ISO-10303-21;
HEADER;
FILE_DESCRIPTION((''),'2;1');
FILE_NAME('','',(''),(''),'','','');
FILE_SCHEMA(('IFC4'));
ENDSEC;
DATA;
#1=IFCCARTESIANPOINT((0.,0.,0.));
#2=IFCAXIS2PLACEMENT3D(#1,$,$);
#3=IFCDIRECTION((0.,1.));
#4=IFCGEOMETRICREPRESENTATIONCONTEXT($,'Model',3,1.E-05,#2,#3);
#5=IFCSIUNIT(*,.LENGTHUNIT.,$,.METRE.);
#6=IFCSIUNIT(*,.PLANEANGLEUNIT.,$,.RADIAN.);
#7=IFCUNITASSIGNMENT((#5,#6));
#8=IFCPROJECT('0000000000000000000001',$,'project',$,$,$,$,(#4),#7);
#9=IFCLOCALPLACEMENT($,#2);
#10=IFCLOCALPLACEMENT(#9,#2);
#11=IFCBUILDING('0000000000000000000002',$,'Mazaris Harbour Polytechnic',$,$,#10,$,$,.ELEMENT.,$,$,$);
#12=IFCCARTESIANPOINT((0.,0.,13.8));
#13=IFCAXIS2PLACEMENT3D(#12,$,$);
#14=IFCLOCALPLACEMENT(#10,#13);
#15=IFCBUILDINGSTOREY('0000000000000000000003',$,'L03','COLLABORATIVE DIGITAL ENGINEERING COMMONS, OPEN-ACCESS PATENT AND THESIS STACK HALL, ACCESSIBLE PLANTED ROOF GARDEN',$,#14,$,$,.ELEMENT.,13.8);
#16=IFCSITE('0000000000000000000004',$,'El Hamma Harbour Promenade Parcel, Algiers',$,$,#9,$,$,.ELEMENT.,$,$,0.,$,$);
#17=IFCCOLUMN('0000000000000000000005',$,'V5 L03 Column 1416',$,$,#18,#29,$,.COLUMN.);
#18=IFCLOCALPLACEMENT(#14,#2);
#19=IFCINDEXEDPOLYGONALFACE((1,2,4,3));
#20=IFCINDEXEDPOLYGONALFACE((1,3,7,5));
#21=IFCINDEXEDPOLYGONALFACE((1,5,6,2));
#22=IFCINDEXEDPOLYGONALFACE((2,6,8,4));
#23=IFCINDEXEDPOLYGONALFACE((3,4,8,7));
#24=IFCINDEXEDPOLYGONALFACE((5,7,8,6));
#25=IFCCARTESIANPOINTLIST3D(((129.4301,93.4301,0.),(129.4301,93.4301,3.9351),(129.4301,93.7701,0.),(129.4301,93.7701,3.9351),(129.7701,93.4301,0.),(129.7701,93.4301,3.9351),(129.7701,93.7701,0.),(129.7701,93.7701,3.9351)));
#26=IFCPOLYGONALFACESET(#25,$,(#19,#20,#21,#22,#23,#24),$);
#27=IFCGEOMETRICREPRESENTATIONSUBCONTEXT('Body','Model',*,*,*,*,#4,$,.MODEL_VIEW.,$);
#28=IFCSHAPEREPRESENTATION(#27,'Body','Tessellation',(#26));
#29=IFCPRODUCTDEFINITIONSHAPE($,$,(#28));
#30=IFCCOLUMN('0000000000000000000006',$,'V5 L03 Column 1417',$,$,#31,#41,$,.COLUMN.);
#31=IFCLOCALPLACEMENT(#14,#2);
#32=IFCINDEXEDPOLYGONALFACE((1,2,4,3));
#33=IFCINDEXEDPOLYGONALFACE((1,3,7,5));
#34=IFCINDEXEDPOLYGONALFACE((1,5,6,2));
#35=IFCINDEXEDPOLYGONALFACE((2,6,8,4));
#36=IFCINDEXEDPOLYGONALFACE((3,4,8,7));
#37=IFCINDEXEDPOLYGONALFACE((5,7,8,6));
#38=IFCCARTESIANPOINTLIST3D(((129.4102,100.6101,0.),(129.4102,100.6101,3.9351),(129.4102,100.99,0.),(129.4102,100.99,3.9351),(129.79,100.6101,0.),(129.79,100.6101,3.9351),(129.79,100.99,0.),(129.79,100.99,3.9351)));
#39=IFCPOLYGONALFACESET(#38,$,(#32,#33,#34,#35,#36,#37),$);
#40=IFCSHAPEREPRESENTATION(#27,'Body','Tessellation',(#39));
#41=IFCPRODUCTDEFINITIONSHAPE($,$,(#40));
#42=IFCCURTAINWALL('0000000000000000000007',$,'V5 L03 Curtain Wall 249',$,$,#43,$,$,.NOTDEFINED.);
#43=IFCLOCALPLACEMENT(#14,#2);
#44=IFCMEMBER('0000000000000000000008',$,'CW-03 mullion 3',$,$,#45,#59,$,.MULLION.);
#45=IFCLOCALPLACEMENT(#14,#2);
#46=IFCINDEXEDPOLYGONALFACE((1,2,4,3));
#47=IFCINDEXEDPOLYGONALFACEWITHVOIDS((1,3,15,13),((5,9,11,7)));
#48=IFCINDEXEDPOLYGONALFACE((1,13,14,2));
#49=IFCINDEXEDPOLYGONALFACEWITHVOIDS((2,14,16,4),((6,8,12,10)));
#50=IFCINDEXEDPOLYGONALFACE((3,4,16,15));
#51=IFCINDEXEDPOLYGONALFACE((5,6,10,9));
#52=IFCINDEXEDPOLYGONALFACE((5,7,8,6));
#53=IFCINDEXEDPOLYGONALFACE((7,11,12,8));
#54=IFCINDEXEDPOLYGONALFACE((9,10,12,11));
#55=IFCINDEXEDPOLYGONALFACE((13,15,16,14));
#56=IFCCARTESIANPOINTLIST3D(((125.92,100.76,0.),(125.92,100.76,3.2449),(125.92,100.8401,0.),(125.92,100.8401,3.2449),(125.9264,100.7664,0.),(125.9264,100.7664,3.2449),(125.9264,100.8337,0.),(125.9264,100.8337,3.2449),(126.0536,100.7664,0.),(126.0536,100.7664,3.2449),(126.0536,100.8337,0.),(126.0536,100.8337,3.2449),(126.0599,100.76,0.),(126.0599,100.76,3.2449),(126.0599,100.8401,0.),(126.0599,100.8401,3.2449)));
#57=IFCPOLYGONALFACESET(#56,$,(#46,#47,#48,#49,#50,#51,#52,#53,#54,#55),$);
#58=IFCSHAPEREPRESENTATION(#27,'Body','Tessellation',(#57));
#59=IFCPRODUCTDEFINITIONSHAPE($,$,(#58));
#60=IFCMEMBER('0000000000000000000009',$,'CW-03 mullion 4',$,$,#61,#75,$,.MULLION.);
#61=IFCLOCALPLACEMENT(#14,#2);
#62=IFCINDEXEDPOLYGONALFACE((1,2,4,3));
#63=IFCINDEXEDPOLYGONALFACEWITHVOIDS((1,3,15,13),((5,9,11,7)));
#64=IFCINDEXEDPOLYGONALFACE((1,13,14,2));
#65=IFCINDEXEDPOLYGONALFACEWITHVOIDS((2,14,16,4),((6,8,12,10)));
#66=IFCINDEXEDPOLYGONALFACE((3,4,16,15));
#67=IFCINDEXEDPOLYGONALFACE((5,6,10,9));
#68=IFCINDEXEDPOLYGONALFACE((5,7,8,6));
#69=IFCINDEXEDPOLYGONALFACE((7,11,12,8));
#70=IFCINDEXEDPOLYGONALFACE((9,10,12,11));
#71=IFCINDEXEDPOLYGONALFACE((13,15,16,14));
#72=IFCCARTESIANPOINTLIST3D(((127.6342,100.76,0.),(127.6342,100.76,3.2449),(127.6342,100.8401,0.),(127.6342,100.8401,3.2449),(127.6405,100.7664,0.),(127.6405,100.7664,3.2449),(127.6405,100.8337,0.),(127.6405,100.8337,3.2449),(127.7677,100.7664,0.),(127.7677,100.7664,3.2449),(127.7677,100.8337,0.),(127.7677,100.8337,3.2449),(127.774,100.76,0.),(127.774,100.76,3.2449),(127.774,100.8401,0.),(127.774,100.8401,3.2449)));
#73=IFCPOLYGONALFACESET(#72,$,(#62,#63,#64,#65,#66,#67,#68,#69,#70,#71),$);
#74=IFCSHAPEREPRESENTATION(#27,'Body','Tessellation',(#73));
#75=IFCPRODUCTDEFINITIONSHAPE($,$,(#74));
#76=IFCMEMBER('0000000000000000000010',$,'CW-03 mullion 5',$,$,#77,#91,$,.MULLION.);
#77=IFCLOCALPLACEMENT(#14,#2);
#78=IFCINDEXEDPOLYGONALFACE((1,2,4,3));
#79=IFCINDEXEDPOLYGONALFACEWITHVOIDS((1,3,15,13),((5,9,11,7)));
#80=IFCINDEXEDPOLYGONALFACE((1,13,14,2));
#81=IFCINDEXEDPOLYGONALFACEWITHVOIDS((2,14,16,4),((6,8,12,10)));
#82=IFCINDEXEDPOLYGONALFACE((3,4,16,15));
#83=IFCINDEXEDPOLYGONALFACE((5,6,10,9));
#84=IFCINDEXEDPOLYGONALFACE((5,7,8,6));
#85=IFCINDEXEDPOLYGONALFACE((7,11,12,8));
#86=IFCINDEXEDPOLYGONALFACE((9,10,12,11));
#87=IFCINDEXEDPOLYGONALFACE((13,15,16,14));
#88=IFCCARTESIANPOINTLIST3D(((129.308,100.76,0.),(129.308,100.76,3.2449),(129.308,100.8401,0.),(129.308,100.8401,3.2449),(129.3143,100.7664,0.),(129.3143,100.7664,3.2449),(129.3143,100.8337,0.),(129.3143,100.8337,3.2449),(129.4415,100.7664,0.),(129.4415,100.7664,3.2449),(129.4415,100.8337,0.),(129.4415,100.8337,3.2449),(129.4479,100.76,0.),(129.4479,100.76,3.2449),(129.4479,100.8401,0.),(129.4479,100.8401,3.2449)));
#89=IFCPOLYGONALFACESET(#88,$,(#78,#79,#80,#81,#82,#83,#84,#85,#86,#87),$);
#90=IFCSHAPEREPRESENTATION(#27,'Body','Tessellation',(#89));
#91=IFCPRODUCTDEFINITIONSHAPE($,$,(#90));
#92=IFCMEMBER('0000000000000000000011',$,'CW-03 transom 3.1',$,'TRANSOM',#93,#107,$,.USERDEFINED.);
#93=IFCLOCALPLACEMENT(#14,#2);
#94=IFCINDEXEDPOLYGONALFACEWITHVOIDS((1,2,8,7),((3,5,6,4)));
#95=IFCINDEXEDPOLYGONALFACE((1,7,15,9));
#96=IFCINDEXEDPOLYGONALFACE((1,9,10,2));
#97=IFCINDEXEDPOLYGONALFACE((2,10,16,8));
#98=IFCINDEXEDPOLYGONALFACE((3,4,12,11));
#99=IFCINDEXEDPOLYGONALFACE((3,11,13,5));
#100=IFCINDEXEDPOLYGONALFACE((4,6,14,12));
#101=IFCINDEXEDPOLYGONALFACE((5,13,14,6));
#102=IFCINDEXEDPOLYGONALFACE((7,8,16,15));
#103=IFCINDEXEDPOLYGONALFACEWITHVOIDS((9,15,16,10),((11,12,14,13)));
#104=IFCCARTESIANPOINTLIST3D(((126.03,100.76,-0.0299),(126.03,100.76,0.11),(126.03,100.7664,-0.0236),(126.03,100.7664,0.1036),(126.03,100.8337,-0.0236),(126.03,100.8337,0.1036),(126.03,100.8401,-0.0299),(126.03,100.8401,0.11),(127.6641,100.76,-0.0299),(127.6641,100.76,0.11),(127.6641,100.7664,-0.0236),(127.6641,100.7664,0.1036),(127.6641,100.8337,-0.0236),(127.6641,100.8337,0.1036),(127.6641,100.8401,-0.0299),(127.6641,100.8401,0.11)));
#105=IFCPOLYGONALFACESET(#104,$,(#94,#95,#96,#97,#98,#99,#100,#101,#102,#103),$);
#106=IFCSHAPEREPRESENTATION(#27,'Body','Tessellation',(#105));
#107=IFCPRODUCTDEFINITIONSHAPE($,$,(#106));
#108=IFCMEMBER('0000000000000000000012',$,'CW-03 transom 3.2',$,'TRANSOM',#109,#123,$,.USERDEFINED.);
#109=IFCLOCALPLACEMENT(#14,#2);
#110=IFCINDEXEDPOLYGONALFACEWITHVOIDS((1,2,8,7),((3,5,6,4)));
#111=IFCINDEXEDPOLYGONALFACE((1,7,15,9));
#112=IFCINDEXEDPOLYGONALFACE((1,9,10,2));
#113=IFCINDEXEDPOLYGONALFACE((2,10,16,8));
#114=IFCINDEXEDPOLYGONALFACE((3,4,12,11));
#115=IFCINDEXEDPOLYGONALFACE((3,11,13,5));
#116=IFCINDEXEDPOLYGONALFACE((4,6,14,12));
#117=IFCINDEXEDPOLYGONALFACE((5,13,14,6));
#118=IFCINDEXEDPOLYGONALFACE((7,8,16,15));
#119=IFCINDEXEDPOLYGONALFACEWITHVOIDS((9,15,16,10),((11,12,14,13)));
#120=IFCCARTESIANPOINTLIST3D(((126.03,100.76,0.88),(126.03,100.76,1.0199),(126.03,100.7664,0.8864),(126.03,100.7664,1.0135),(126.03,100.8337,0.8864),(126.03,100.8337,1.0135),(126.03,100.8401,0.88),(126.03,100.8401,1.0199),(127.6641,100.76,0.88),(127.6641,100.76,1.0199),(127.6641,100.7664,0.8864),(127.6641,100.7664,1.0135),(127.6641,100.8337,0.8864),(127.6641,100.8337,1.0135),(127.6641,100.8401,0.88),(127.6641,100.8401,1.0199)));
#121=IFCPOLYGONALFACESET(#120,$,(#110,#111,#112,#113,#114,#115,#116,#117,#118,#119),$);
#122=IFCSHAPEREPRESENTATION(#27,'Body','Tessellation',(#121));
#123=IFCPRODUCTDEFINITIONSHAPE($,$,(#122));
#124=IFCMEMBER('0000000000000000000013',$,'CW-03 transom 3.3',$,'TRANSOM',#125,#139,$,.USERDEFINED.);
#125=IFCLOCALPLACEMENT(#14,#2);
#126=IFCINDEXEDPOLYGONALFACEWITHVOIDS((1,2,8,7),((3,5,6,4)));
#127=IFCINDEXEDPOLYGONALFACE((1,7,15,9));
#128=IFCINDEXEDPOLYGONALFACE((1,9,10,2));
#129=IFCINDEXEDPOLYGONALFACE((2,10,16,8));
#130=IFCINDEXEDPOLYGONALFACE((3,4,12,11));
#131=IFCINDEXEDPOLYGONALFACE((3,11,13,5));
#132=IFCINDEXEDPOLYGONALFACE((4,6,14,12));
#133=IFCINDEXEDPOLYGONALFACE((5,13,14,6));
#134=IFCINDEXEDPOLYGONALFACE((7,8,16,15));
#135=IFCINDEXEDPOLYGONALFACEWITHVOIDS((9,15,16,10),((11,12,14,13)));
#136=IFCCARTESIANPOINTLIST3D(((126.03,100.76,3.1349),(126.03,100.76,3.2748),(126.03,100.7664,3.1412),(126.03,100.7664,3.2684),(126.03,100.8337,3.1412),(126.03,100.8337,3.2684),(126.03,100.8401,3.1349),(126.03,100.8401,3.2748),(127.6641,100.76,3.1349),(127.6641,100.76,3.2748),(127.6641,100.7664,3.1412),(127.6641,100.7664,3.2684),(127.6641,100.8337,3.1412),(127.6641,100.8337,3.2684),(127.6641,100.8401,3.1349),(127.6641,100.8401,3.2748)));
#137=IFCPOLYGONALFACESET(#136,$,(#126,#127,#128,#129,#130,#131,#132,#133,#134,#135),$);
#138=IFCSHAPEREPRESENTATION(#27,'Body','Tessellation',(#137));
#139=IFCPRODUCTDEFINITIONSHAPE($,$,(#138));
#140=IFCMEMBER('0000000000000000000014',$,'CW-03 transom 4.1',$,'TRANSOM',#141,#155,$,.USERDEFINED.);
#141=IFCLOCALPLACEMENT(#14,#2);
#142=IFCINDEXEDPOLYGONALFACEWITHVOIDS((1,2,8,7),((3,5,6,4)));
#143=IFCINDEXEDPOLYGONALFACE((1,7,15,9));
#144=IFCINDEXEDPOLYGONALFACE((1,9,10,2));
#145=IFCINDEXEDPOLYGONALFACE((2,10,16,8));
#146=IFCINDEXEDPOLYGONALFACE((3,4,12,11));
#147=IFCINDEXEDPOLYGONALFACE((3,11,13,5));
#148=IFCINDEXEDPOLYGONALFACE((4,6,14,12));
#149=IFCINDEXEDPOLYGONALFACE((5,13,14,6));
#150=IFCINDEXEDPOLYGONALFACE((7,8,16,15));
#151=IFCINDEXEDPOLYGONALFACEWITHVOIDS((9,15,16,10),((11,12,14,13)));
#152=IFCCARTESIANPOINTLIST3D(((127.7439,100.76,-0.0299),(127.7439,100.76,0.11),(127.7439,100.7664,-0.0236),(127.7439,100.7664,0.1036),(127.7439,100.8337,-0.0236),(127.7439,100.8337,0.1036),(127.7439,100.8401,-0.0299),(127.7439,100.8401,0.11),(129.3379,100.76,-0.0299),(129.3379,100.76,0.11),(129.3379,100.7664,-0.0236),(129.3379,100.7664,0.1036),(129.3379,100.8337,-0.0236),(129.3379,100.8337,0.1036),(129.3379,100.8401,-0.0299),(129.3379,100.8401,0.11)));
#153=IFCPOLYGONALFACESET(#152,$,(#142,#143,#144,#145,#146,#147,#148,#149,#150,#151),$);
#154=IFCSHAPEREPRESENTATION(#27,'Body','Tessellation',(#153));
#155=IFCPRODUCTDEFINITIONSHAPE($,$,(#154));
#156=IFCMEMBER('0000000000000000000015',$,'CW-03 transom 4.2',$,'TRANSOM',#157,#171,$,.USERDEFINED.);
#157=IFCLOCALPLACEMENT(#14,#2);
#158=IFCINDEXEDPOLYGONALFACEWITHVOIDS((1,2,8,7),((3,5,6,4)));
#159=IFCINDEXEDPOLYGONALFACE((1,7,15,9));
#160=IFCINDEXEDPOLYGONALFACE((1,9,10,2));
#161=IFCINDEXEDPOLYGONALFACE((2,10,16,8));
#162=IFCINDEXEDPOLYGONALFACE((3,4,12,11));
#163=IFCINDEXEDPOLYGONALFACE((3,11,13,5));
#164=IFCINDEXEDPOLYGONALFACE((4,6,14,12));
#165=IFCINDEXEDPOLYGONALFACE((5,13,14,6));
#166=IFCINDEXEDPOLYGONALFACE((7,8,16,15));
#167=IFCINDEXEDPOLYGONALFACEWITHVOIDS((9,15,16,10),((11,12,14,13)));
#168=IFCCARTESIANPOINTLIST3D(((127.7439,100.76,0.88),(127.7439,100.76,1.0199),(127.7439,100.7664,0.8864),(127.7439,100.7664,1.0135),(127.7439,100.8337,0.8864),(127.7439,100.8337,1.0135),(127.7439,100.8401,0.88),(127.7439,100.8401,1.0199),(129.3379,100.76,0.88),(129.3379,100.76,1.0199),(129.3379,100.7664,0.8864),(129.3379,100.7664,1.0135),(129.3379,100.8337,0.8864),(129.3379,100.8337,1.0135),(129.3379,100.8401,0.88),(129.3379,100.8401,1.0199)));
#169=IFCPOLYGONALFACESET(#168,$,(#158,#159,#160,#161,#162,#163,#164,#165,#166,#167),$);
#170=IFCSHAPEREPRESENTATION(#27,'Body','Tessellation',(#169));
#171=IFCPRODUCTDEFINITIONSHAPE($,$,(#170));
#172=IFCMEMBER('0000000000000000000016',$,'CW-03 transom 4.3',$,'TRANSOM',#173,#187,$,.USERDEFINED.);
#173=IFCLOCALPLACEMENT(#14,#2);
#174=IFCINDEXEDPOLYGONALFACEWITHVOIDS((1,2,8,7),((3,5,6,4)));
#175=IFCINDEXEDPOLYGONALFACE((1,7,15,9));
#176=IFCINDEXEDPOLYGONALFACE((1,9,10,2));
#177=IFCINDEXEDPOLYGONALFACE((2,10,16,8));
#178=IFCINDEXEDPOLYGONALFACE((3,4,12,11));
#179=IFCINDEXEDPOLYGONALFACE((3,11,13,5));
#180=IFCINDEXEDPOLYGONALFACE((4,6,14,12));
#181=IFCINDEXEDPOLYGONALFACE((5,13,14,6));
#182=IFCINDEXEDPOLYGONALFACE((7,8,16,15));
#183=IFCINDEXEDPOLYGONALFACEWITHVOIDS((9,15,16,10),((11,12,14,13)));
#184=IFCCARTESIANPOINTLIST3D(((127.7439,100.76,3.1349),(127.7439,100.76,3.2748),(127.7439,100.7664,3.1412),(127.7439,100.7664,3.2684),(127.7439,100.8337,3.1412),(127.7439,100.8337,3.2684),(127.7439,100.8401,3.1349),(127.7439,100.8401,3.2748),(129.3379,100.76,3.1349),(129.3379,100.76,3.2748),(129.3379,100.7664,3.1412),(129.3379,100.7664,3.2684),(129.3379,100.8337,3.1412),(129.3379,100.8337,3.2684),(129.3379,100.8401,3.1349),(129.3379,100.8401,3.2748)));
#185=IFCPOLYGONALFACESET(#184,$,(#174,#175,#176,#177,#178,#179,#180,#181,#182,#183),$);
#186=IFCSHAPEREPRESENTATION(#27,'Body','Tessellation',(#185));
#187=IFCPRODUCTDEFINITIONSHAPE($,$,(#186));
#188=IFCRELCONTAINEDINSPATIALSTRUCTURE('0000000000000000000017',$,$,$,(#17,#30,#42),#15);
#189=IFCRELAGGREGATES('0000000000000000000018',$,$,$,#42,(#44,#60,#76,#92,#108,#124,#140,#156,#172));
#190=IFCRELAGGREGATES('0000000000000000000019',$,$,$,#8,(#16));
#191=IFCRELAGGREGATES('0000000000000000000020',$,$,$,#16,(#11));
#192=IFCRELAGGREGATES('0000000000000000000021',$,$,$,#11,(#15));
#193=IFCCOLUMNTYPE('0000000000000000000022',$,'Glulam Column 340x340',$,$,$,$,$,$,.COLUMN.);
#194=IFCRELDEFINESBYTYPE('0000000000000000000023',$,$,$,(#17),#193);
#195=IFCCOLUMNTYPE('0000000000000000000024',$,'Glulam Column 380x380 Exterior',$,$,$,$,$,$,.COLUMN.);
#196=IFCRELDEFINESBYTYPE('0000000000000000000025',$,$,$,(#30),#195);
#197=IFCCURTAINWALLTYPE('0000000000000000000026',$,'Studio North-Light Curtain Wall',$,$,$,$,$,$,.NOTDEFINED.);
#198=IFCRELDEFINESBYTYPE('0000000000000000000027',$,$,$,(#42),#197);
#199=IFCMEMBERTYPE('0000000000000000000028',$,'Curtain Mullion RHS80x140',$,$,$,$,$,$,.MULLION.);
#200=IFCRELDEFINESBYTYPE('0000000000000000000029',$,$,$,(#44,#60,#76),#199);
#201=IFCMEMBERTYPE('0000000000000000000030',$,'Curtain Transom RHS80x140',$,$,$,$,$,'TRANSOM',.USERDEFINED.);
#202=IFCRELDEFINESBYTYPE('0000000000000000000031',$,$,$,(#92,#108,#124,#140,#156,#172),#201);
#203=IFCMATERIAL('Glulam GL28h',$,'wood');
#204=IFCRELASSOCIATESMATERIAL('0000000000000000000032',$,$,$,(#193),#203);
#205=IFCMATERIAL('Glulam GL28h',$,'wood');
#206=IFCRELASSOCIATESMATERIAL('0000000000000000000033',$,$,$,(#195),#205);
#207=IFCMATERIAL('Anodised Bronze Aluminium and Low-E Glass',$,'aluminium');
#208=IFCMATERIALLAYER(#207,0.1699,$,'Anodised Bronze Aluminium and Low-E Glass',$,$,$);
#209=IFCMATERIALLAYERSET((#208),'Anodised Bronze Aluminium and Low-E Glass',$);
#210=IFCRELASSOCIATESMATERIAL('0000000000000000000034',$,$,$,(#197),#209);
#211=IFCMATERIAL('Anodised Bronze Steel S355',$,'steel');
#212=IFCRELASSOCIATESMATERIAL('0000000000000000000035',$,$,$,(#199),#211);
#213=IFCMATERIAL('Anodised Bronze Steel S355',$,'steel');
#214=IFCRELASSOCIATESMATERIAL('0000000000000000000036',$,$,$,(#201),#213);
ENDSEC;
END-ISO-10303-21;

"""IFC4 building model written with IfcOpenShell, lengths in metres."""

from ifc_helpers import new_model, si_unit, direction, frame, origin, origin_2d, place, context, subcontext, project, spatial, rectangle, hollow_rectangle, extrude, material, layer, layer_set, material_profile, profile_set, type_object, element, aggregate, save


model = new_model("IFC4")

# Units and contexts
model_context = context("Model", 3, precision=1e-05, world=origin(), true_north=direction((0.0, 1.0)))
body_context = subcontext(model_context, "Body", "Model", "MODEL_VIEW")
ifc_project = project(units=[si_unit("LENGTHUNIT", "METRE"), si_unit("PLANEANGLEUNIT", "RADIAN")], contexts=[model_context])

# Site, building, storey
site_placement = place(None, origin())
site = spatial("IfcSite", under=ifc_project, at=site_placement, Name="El Hamma Harbour Promenade Parcel, Algiers", CompositionType="ELEMENT", RefElevation=0.0)
building_placement = place(site_placement, origin())
building = spatial("IfcBuilding", under=site, at=building_placement, Name="Mazaris Harbour Polytechnic", CompositionType="ELEMENT")
storey_placement = place(building_placement, frame((0.0, 0.0, 13.8)))
storey = spatial("IfcBuildingStorey", under=building, at=storey_placement, Name="L03", Description="COLLABORATIVE DIGITAL ENGINEERING COMMONS, OPEN-ACCESS PATENT AND THESIS STACK HALL, ACCESSIBLE PLANTED ROOF GARDEN", CompositionType="ELEMENT", Elevation=13.8)

# Columns
ifc_material_1 = material(Name="Glulam GL28h", Category="wood")
ifc_material_profile_1 = material_profile(ifc_material_1, rectangle(XDim=0.3401, YDim=0.3401, at=origin_2d()), Name="RECT340x340")
ifc_profile_set_1 = profile_set([ifc_material_profile_1], Name="Glulam GL28h")
column_type_1 = type_object("IfcColumnType", Name="Glulam Column 340x340", PredefinedType="COLUMN", material=ifc_profile_set_1)
column_1_placement = place(storey_placement, frame((129.6001, 93.6001, 0.0), z_axis=(0.0, 0.0, 1.0), x_axis=(1.0, 0.0, 0.0)))
element("IfcColumn", 1, at=column_1_placement, inside=storey, type_object=column_type_1, Name="V5 L03 Column 1416", PredefinedType="COLUMN", context=body_context, shape_type="SweptSolid", body=[
    extrude(rectangle(XDim=0.3401, YDim=0.3401, at=origin_2d()), origin(), (0.0, 0.0, 1.0), 3.9351),
])
ifc_material_2 = material(Name="Glulam GL28h", Category="wood")
ifc_material_profile_2 = material_profile(ifc_material_2, rectangle(XDim=0.3799, YDim=0.3799, at=origin_2d()), Name="RECT380x380")
ifc_profile_set_2 = profile_set([ifc_material_profile_2], Name="Glulam GL28h")
column_type_2 = type_object("IfcColumnType", Name="Glulam Column 380x380 Exterior", PredefinedType="COLUMN", material=ifc_profile_set_2)
column_2_placement = place(storey_placement, frame((129.6001, 100.8, 0.0), z_axis=(0.0, 0.0, 1.0), x_axis=(1.0, 0.0, 0.0)))
element("IfcColumn", 2, at=column_2_placement, inside=storey, type_object=column_type_2, Name="V5 L03 Column 1417", PredefinedType="COLUMN", context=body_context, shape_type="SweptSolid", body=[
    extrude(rectangle(XDim=0.3799, YDim=0.3799, at=origin_2d()), origin(), (0.0, 0.0, 1.0), 3.9351),
])

# Curtain wall, members
ifc_material_3 = material(Name="Anodised Bronze Aluminium and Low-E Glass", Category="aluminium")
ifc_layer_1 = layer(ifc_material_3, 0.1699, Name="Anodised Bronze Aluminium and Low-E Glass")
ifc_layer_set_1 = layer_set([ifc_layer_1], Name="Anodised Bronze Aluminium and Low-E Glass")
curtain_wall_type = type_object("IfcCurtainWallType", Name="Studio North-Light Curtain Wall", PredefinedType="NOTDEFINED", material=ifc_layer_set_1)
curtain_wall_placement = place(storey_placement, origin())
curtain_wall = element("IfcCurtainWall", 3, at=curtain_wall_placement, inside=storey, type_object=curtain_wall_type, Name="V5 L03 Curtain Wall 249", PredefinedType="NOTDEFINED")
ifc_material_4 = material(Name="Anodised Bronze Steel S355", Category="steel")
ifc_material_profile_3 = material_profile(ifc_material_4, hollow_rectangle(XDim=0.0801, YDim=0.1399, WallThickness=0.0063, at=origin_2d()), Name="RHS 80x140x6.3")
ifc_profile_set_3 = profile_set([ifc_material_profile_3], Name="Anodised Bronze Steel S355")
member_type_1 = type_object("IfcMemberType", Name="Curtain Mullion RHS80x140", PredefinedType="MULLION", material=ifc_profile_set_3)
member_1_placement = place(storey_placement, frame((125.99, 100.8, 0.0), z_axis=(0.0, 0.0, 1.0), x_axis=(0.0, 1.0, 0.0)))
member_1 = element("IfcMember", 4, at=member_1_placement, type_object=member_type_1, Name="CW-03 mullion 3", PredefinedType="MULLION", context=body_context, shape_type="SweptSolid", body=[
    extrude(hollow_rectangle(XDim=0.0801, YDim=0.1399, WallThickness=0.0063, at=origin_2d()), origin(), (0.0, 0.0, 1.0), 3.2449),
])
member_2_placement = place(storey_placement, frame((127.7041, 100.8, 0.0), z_axis=(0.0, 0.0, 1.0), x_axis=(0.0, 1.0, 0.0)))
member_2 = element("IfcMember", 5, at=member_2_placement, type_object=member_type_1, Name="CW-03 mullion 4", PredefinedType="MULLION", context=body_context, shape_type="SweptSolid", body=[
    extrude(hollow_rectangle(XDim=0.0801, YDim=0.1399, WallThickness=0.0063, at=origin_2d()), origin(), (0.0, 0.0, 1.0), 3.2449),
])
member_3_placement = place(storey_placement, frame((129.3779, 100.8, 0.0), z_axis=(0.0, 0.0, 1.0), x_axis=(0.0, 1.0, 0.0)))
member_3 = element("IfcMember", 6, at=member_3_placement, type_object=member_type_1, Name="CW-03 mullion 5", PredefinedType="MULLION", context=body_context, shape_type="SweptSolid", body=[
    extrude(hollow_rectangle(XDim=0.0801, YDim=0.1399, WallThickness=0.0063, at=origin_2d()), origin(), (0.0, 0.0, 1.0), 3.2449),
])
ifc_material_5 = material(Name="Anodised Bronze Steel S355", Category="steel")
ifc_material_profile_4 = material_profile(ifc_material_5, hollow_rectangle(XDim=0.0801, YDim=0.1399, WallThickness=0.0063, at=origin_2d()), Name="RHS 80x140x6.3")
ifc_profile_set_4 = profile_set([ifc_material_profile_4], Name="Anodised Bronze Steel S355")
member_type_2 = type_object("IfcMemberType", Name="Curtain Transom RHS80x140", ElementType="TRANSOM", PredefinedType="USERDEFINED", material=ifc_profile_set_4)
member_4_placement = place(storey_placement, frame((126.03, 100.8, 0.04), z_axis=(1.0, 0.0, 0.0), x_axis=(0.0, 1.0, 0.0)))
member_4 = element("IfcMember", 7, at=member_4_placement, type_object=member_type_2, Name="CW-03 transom 3.1", ObjectType="TRANSOM", PredefinedType="USERDEFINED", context=body_context, shape_type="SweptSolid", body=[
    extrude(hollow_rectangle(XDim=0.0801, YDim=0.1399, WallThickness=0.0063, at=origin_2d()), origin(), (0.0, 0.0, 1.0), 1.634),
])
member_5_placement = place(storey_placement, frame((126.03, 100.8, 0.95), z_axis=(1.0, 0.0, 0.0), x_axis=(0.0, 1.0, 0.0)))
member_5 = element("IfcMember", 8, at=member_5_placement, type_object=member_type_2, Name="CW-03 transom 3.2", ObjectType="TRANSOM", PredefinedType="USERDEFINED", context=body_context, shape_type="SweptSolid", body=[
    extrude(hollow_rectangle(XDim=0.0801, YDim=0.1399, WallThickness=0.0063, at=origin_2d()), origin(), (0.0, 0.0, 1.0), 1.634),
])
member_6_placement = place(storey_placement, frame((126.03, 100.8, 3.2048), z_axis=(1.0, 0.0, 0.0), x_axis=(0.0, 1.0, 0.0)))
member_6 = element("IfcMember", 9, at=member_6_placement, type_object=member_type_2, Name="CW-03 transom 3.3", ObjectType="TRANSOM", PredefinedType="USERDEFINED", context=body_context, shape_type="SweptSolid", body=[
    extrude(hollow_rectangle(XDim=0.0801, YDim=0.1399, WallThickness=0.0063, at=origin_2d()), origin(), (0.0, 0.0, 1.0), 1.634),
])
member_7_placement = place(storey_placement, frame((127.7439, 100.8, 0.04), z_axis=(1.0, 0.0, 0.0), x_axis=(0.0, 1.0, 0.0)))
member_7 = element("IfcMember", 10, at=member_7_placement, type_object=member_type_2, Name="CW-03 transom 4.1", ObjectType="TRANSOM", PredefinedType="USERDEFINED", context=body_context, shape_type="SweptSolid", body=[
    extrude(hollow_rectangle(XDim=0.0801, YDim=0.1399, WallThickness=0.0063, at=origin_2d()), origin(), (0.0, 0.0, 1.0), 1.594),
])
member_8_placement = place(storey_placement, frame((127.7439, 100.8, 0.95), z_axis=(1.0, 0.0, 0.0), x_axis=(0.0, 1.0, 0.0)))
member_8 = element("IfcMember", 11, at=member_8_placement, type_object=member_type_2, Name="CW-03 transom 4.2", ObjectType="TRANSOM", PredefinedType="USERDEFINED", context=body_context, shape_type="SweptSolid", body=[
    extrude(hollow_rectangle(XDim=0.0801, YDim=0.1399, WallThickness=0.0063, at=origin_2d()), origin(), (0.0, 0.0, 1.0), 1.594),
])
member_9_placement = place(storey_placement, frame((127.7439, 100.8, 3.2048), z_axis=(1.0, 0.0, 0.0), x_axis=(0.0, 1.0, 0.0)))
member_9 = element("IfcMember", 12, at=member_9_placement, type_object=member_type_2, Name="CW-03 transom 4.3", ObjectType="TRANSOM", PredefinedType="USERDEFINED", context=body_context, shape_type="SweptSolid", body=[
    extrude(hollow_rectangle(XDim=0.0801, YDim=0.1399, WallThickness=0.0063, at=origin_2d()), origin(), (0.0, 0.0, 1.0), 1.594),
])

aggregate(curtain_wall, [member_1, member_2, member_3, member_4, member_5, member_6, member_7, member_8, member_9])

save(model, "model.ifc")
